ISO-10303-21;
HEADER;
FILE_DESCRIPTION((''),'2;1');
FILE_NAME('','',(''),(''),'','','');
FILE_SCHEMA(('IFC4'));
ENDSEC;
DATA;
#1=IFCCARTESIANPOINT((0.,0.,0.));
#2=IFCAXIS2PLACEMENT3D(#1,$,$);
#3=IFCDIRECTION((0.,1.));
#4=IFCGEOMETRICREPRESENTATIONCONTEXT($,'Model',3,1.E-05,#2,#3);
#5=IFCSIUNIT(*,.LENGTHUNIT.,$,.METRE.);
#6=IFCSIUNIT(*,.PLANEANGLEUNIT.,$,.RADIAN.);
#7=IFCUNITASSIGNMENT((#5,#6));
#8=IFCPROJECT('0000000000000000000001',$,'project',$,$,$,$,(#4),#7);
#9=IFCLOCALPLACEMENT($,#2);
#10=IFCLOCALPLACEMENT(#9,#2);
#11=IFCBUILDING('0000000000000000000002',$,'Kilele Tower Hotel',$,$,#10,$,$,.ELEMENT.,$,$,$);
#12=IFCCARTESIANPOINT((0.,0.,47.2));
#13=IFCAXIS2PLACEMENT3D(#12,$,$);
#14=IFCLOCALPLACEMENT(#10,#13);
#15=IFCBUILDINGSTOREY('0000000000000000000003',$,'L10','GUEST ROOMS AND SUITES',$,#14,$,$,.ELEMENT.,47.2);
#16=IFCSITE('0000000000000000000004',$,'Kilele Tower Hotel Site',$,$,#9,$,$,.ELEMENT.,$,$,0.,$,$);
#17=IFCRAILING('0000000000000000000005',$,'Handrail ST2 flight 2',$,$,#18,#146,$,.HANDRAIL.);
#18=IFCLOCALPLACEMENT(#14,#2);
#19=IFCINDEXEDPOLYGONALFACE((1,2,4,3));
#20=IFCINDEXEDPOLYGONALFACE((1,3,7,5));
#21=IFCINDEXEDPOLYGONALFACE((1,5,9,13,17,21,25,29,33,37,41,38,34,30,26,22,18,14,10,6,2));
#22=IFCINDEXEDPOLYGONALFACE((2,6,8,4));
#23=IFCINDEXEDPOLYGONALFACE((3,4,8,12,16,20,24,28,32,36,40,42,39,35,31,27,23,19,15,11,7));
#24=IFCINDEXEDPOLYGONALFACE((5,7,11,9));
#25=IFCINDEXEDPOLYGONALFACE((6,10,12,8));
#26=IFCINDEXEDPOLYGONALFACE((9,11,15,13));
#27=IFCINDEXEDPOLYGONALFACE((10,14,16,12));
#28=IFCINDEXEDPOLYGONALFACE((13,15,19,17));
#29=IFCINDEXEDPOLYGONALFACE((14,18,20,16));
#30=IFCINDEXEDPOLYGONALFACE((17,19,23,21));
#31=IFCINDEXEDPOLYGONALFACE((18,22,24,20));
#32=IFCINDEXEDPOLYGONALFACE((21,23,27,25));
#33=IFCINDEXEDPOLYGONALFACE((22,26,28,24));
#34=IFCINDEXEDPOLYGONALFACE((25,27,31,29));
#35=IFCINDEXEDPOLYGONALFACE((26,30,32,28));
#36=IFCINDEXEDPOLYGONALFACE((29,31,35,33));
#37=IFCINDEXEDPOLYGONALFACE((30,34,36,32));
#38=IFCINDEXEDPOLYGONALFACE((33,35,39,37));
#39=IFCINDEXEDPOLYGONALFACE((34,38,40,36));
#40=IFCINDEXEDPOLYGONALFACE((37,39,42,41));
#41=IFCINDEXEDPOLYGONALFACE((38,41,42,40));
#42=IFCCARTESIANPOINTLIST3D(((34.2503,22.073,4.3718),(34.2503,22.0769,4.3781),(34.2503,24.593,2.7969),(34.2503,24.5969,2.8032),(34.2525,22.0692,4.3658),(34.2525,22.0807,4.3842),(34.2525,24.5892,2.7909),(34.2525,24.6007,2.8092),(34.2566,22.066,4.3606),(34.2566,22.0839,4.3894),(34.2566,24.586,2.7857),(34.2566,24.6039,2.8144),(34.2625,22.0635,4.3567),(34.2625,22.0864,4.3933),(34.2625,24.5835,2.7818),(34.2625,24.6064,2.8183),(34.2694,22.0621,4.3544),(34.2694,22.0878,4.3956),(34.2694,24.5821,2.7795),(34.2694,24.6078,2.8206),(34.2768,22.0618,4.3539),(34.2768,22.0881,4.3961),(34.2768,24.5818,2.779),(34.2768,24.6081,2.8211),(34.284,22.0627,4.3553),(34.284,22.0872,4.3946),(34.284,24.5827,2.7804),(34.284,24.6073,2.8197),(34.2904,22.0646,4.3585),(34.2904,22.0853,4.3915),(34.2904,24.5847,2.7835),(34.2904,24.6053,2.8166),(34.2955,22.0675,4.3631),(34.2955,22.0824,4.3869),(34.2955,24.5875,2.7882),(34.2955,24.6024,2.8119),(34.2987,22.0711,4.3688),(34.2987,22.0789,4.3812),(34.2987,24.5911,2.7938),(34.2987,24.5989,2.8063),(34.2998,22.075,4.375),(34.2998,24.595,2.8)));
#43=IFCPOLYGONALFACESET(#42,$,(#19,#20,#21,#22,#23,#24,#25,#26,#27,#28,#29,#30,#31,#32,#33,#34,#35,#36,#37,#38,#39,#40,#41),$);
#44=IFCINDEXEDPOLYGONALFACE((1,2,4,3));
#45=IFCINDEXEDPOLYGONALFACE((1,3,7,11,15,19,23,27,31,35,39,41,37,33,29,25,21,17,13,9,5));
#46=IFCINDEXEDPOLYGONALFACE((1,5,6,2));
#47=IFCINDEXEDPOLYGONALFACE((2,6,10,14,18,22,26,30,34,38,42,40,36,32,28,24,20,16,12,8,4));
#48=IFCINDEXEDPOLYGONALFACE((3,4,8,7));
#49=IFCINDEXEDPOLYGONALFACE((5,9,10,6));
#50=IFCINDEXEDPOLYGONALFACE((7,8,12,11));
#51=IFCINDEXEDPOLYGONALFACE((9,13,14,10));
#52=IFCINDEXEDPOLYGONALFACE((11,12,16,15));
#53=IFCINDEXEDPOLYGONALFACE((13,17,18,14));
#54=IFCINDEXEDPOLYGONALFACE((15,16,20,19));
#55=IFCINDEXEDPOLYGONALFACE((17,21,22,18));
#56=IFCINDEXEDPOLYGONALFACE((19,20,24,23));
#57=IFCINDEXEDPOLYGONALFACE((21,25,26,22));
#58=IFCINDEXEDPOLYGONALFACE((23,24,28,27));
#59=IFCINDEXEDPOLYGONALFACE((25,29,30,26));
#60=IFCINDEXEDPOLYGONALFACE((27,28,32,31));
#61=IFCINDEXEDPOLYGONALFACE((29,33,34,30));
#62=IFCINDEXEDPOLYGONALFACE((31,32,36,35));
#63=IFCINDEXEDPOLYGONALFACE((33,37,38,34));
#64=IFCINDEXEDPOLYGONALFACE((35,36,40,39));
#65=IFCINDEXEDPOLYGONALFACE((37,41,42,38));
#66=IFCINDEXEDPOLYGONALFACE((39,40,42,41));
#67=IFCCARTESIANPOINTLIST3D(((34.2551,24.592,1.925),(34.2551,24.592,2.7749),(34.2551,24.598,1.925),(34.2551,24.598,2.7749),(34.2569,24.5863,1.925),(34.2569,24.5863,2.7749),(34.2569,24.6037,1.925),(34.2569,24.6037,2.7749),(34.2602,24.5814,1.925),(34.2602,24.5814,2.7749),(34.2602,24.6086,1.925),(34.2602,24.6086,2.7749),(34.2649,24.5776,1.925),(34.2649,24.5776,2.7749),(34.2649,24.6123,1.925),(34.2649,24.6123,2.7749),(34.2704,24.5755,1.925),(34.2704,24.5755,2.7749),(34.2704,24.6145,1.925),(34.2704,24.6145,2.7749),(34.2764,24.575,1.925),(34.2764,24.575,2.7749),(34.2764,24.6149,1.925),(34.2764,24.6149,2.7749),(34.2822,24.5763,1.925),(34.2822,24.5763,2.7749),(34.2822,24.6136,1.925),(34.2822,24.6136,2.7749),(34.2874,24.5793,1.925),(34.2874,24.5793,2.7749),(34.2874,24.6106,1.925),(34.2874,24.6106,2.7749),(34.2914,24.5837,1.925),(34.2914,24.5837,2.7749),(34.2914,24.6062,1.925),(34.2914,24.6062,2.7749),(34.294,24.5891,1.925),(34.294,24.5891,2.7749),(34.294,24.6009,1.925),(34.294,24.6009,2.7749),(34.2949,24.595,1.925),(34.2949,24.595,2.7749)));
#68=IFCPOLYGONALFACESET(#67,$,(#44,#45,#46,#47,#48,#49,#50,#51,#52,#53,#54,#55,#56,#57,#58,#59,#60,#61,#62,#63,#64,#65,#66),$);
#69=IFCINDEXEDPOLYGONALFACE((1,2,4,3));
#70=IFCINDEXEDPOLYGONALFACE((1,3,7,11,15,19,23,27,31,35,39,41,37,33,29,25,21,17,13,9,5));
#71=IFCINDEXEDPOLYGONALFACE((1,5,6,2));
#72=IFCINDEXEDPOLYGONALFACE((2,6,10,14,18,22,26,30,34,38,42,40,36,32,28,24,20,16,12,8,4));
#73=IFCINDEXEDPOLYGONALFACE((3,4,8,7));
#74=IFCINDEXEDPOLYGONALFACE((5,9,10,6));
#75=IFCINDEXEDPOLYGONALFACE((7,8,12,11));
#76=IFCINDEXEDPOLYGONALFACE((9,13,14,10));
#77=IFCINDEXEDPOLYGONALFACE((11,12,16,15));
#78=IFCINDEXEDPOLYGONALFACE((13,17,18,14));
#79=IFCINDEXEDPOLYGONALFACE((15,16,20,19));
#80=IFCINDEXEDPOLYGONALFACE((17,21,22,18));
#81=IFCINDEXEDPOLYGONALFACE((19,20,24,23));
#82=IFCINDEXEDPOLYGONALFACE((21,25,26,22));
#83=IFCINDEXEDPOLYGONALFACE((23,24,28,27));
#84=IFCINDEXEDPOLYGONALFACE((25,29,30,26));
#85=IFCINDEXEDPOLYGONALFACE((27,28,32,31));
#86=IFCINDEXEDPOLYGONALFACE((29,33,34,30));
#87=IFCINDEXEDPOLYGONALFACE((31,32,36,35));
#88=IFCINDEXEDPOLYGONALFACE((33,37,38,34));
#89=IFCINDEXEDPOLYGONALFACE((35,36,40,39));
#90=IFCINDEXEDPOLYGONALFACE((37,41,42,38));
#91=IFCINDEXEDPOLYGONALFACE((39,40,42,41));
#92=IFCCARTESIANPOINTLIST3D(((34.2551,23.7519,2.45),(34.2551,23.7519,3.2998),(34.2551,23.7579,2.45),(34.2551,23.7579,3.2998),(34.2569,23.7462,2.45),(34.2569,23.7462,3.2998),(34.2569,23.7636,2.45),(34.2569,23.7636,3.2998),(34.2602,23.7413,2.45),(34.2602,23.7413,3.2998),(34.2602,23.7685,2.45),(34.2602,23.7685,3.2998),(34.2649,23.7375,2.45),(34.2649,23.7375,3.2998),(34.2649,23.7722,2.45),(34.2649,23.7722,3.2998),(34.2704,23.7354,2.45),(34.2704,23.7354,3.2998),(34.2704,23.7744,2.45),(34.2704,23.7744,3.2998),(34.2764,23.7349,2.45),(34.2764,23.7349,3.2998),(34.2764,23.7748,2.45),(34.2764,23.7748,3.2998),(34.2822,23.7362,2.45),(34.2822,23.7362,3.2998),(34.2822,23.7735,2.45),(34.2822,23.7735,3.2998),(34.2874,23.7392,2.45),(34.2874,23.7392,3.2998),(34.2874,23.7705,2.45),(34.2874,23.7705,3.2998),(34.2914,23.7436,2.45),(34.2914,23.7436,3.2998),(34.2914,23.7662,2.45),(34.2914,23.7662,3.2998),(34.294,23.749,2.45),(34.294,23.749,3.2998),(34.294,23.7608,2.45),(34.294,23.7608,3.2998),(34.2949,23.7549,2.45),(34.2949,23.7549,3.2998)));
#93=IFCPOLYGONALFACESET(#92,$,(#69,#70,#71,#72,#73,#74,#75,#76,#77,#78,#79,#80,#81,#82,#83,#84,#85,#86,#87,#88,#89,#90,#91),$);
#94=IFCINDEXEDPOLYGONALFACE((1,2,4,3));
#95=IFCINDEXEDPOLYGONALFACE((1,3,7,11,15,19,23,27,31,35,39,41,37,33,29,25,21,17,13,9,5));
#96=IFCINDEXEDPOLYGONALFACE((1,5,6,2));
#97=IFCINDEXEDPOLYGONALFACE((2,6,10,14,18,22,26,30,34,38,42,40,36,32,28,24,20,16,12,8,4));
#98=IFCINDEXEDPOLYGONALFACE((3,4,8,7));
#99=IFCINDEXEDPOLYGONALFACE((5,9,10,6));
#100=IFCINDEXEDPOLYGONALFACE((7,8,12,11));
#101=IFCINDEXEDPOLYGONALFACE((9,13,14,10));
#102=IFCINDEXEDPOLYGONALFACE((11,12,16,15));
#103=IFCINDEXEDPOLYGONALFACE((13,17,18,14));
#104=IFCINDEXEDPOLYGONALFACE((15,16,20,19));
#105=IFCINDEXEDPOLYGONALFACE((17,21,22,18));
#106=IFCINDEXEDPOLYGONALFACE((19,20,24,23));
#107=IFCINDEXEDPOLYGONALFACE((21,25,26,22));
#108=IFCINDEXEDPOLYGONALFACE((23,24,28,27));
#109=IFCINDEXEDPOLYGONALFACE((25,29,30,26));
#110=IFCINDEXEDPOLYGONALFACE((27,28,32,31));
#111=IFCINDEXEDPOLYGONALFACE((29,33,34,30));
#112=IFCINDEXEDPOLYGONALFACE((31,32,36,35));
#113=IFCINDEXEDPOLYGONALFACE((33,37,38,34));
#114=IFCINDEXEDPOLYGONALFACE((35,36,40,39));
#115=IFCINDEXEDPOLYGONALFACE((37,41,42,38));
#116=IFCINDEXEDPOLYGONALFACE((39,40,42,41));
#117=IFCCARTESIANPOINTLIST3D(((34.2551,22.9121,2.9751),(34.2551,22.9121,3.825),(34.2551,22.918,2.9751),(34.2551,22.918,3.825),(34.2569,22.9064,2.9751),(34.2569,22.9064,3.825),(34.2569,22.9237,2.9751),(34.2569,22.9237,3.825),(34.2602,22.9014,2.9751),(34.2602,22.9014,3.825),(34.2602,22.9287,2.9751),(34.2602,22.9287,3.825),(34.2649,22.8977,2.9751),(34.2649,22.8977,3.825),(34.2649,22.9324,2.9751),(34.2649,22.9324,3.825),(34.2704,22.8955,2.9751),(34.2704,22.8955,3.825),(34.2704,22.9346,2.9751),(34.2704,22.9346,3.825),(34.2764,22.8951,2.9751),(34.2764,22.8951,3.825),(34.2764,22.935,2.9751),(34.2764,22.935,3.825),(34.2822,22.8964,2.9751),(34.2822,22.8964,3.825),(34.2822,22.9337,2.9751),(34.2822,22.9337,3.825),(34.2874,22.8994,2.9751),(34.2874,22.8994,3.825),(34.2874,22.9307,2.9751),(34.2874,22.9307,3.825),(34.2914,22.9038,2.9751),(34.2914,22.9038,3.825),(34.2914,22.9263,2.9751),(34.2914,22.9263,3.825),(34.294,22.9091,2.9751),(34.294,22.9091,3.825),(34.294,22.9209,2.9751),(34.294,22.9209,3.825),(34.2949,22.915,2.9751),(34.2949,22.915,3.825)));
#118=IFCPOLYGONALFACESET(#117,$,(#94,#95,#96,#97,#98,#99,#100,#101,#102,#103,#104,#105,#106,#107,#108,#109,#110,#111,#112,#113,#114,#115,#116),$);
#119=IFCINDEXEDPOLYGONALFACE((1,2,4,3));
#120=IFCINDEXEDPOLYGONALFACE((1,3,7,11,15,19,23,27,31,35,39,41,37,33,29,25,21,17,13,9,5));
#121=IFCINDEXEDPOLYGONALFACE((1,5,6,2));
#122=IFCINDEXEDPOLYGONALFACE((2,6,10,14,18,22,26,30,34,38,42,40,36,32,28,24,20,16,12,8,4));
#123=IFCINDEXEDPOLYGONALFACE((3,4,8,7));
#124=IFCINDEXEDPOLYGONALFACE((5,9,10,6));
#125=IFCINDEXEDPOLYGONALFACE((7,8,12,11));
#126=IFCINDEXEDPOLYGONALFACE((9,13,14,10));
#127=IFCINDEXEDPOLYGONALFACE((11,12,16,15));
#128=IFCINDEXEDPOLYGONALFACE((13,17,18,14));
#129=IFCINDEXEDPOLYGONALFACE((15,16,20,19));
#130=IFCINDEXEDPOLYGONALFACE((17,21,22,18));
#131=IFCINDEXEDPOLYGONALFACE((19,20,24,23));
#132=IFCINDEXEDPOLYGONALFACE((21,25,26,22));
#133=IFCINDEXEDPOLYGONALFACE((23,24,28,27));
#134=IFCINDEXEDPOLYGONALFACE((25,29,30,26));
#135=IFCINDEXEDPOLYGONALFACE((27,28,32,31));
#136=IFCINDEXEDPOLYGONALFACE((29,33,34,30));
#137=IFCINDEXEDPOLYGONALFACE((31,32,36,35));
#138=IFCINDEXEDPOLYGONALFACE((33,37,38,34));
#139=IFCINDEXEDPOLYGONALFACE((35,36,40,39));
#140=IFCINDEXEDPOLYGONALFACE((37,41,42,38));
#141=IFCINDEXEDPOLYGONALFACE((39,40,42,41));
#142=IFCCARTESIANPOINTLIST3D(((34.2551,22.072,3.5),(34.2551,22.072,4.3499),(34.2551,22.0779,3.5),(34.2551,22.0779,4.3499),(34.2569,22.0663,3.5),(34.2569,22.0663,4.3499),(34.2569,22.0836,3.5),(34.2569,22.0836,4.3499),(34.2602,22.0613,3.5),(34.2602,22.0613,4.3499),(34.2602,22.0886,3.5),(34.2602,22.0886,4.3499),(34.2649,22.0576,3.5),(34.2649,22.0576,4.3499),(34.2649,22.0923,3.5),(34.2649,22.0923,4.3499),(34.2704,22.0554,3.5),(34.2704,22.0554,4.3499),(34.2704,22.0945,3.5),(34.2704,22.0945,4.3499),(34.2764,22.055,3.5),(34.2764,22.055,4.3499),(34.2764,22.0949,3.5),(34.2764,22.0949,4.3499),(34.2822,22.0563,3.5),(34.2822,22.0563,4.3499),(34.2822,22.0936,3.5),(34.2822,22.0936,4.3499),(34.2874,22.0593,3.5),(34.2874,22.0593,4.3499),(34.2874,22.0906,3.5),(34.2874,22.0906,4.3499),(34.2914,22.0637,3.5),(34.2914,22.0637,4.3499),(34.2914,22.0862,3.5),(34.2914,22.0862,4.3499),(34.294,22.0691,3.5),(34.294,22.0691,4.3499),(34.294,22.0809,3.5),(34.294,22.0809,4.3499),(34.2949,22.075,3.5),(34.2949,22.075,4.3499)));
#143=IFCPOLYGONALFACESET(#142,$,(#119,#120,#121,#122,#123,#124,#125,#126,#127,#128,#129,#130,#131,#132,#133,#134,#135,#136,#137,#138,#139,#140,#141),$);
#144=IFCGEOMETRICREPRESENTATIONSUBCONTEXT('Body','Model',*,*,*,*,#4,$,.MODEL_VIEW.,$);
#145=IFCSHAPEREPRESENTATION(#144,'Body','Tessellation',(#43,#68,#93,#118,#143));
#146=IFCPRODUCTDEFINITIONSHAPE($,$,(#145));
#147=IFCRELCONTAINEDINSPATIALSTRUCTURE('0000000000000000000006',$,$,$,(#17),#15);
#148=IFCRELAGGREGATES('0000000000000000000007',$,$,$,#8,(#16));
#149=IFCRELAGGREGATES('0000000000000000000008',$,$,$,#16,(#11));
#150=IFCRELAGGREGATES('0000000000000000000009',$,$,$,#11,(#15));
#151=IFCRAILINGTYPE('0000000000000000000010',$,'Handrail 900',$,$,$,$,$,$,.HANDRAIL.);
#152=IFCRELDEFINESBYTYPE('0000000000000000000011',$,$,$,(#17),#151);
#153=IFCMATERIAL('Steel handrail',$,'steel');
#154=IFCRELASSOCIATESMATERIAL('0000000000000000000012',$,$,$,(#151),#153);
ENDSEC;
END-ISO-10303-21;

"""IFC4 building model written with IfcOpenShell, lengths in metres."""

from ifc_helpers import new_model, si_unit, direction, frame, origin, origin_2d, place, context, subcontext, project, spatial, circle, extrude, material, type_object, element, save


model = new_model("IFC4")

# Units and contexts
model_context = context("Model", 3, precision=1e-05, world=origin(), true_north=direction((0.0, 1.0)))
body_context = subcontext(model_context, "Body", "Model", "MODEL_VIEW")
ifc_project = project(units=[si_unit("LENGTHUNIT", "METRE"), si_unit("PLANEANGLEUNIT", "RADIAN")], contexts=[model_context])

# Site, building, storey
site_placement = place(None, origin())
site = spatial("IfcSite", under=ifc_project, at=site_placement, Name="Kilele Tower Hotel Site", CompositionType="ELEMENT", RefElevation=0.0)
building_placement = place(site_placement, origin())
building = spatial("IfcBuilding", under=site, at=building_placement, Name="Kilele Tower Hotel", CompositionType="ELEMENT")
storey_placement = place(building_placement, frame((0.0, 0.0, 47.2)))
storey = spatial("IfcBuildingStorey", under=building, at=storey_placement, Name="L10", Description="GUEST ROOMS AND SUITES", CompositionType="ELEMENT", Elevation=47.2)

# Railing
ifc_material_1 = material(Name="Steel handrail", Category="steel")
railing_type_1 = type_object("IfcRailingType", Name="Handrail 900", PredefinedType="HANDRAIL", material=ifc_material_1)
for number, where, name in (
    (1, (34.2749, 24.595, 1.925), "Handrail ST2 flight 2"),
):
    element("IfcRailing", number, at=place(storey_placement, frame(where)), inside=storey, type_object=railing_type_1, Name=name, PredefinedType="HANDRAIL", context=body_context, shape_type="SweptSolid", body=[
        extrude(circle(Radius=0.0249, at=origin_2d()), frame((0.0, 0.0, 0.875), z_axis=(0.0, -0.848008, 0.529984), x_axis=(1.0, 0.0, 0.0)), (0.0, 0.0, 1.0), 2.9717),
        extrude(circle(Radius=0.02, at=origin_2d()), origin(), (0.0, 0.0, 1.0), 0.8499),
        extrude(circle(Radius=0.02, at=origin_2d()), frame((0.0, -0.8401, 0.5249)), (0.0, 0.0, 1.0), 0.8499),
        extrude(circle(Radius=0.02, at=origin_2d()), frame((0.0, -1.6799, 1.05)), (0.0, 0.0, 1.0), 0.8499),
        extrude(circle(Radius=0.02, at=origin_2d()), frame((0.0, -2.52, 1.575)), (0.0, 0.0, 1.0), 0.8499),
    ])

save(model, "model.ifc")
